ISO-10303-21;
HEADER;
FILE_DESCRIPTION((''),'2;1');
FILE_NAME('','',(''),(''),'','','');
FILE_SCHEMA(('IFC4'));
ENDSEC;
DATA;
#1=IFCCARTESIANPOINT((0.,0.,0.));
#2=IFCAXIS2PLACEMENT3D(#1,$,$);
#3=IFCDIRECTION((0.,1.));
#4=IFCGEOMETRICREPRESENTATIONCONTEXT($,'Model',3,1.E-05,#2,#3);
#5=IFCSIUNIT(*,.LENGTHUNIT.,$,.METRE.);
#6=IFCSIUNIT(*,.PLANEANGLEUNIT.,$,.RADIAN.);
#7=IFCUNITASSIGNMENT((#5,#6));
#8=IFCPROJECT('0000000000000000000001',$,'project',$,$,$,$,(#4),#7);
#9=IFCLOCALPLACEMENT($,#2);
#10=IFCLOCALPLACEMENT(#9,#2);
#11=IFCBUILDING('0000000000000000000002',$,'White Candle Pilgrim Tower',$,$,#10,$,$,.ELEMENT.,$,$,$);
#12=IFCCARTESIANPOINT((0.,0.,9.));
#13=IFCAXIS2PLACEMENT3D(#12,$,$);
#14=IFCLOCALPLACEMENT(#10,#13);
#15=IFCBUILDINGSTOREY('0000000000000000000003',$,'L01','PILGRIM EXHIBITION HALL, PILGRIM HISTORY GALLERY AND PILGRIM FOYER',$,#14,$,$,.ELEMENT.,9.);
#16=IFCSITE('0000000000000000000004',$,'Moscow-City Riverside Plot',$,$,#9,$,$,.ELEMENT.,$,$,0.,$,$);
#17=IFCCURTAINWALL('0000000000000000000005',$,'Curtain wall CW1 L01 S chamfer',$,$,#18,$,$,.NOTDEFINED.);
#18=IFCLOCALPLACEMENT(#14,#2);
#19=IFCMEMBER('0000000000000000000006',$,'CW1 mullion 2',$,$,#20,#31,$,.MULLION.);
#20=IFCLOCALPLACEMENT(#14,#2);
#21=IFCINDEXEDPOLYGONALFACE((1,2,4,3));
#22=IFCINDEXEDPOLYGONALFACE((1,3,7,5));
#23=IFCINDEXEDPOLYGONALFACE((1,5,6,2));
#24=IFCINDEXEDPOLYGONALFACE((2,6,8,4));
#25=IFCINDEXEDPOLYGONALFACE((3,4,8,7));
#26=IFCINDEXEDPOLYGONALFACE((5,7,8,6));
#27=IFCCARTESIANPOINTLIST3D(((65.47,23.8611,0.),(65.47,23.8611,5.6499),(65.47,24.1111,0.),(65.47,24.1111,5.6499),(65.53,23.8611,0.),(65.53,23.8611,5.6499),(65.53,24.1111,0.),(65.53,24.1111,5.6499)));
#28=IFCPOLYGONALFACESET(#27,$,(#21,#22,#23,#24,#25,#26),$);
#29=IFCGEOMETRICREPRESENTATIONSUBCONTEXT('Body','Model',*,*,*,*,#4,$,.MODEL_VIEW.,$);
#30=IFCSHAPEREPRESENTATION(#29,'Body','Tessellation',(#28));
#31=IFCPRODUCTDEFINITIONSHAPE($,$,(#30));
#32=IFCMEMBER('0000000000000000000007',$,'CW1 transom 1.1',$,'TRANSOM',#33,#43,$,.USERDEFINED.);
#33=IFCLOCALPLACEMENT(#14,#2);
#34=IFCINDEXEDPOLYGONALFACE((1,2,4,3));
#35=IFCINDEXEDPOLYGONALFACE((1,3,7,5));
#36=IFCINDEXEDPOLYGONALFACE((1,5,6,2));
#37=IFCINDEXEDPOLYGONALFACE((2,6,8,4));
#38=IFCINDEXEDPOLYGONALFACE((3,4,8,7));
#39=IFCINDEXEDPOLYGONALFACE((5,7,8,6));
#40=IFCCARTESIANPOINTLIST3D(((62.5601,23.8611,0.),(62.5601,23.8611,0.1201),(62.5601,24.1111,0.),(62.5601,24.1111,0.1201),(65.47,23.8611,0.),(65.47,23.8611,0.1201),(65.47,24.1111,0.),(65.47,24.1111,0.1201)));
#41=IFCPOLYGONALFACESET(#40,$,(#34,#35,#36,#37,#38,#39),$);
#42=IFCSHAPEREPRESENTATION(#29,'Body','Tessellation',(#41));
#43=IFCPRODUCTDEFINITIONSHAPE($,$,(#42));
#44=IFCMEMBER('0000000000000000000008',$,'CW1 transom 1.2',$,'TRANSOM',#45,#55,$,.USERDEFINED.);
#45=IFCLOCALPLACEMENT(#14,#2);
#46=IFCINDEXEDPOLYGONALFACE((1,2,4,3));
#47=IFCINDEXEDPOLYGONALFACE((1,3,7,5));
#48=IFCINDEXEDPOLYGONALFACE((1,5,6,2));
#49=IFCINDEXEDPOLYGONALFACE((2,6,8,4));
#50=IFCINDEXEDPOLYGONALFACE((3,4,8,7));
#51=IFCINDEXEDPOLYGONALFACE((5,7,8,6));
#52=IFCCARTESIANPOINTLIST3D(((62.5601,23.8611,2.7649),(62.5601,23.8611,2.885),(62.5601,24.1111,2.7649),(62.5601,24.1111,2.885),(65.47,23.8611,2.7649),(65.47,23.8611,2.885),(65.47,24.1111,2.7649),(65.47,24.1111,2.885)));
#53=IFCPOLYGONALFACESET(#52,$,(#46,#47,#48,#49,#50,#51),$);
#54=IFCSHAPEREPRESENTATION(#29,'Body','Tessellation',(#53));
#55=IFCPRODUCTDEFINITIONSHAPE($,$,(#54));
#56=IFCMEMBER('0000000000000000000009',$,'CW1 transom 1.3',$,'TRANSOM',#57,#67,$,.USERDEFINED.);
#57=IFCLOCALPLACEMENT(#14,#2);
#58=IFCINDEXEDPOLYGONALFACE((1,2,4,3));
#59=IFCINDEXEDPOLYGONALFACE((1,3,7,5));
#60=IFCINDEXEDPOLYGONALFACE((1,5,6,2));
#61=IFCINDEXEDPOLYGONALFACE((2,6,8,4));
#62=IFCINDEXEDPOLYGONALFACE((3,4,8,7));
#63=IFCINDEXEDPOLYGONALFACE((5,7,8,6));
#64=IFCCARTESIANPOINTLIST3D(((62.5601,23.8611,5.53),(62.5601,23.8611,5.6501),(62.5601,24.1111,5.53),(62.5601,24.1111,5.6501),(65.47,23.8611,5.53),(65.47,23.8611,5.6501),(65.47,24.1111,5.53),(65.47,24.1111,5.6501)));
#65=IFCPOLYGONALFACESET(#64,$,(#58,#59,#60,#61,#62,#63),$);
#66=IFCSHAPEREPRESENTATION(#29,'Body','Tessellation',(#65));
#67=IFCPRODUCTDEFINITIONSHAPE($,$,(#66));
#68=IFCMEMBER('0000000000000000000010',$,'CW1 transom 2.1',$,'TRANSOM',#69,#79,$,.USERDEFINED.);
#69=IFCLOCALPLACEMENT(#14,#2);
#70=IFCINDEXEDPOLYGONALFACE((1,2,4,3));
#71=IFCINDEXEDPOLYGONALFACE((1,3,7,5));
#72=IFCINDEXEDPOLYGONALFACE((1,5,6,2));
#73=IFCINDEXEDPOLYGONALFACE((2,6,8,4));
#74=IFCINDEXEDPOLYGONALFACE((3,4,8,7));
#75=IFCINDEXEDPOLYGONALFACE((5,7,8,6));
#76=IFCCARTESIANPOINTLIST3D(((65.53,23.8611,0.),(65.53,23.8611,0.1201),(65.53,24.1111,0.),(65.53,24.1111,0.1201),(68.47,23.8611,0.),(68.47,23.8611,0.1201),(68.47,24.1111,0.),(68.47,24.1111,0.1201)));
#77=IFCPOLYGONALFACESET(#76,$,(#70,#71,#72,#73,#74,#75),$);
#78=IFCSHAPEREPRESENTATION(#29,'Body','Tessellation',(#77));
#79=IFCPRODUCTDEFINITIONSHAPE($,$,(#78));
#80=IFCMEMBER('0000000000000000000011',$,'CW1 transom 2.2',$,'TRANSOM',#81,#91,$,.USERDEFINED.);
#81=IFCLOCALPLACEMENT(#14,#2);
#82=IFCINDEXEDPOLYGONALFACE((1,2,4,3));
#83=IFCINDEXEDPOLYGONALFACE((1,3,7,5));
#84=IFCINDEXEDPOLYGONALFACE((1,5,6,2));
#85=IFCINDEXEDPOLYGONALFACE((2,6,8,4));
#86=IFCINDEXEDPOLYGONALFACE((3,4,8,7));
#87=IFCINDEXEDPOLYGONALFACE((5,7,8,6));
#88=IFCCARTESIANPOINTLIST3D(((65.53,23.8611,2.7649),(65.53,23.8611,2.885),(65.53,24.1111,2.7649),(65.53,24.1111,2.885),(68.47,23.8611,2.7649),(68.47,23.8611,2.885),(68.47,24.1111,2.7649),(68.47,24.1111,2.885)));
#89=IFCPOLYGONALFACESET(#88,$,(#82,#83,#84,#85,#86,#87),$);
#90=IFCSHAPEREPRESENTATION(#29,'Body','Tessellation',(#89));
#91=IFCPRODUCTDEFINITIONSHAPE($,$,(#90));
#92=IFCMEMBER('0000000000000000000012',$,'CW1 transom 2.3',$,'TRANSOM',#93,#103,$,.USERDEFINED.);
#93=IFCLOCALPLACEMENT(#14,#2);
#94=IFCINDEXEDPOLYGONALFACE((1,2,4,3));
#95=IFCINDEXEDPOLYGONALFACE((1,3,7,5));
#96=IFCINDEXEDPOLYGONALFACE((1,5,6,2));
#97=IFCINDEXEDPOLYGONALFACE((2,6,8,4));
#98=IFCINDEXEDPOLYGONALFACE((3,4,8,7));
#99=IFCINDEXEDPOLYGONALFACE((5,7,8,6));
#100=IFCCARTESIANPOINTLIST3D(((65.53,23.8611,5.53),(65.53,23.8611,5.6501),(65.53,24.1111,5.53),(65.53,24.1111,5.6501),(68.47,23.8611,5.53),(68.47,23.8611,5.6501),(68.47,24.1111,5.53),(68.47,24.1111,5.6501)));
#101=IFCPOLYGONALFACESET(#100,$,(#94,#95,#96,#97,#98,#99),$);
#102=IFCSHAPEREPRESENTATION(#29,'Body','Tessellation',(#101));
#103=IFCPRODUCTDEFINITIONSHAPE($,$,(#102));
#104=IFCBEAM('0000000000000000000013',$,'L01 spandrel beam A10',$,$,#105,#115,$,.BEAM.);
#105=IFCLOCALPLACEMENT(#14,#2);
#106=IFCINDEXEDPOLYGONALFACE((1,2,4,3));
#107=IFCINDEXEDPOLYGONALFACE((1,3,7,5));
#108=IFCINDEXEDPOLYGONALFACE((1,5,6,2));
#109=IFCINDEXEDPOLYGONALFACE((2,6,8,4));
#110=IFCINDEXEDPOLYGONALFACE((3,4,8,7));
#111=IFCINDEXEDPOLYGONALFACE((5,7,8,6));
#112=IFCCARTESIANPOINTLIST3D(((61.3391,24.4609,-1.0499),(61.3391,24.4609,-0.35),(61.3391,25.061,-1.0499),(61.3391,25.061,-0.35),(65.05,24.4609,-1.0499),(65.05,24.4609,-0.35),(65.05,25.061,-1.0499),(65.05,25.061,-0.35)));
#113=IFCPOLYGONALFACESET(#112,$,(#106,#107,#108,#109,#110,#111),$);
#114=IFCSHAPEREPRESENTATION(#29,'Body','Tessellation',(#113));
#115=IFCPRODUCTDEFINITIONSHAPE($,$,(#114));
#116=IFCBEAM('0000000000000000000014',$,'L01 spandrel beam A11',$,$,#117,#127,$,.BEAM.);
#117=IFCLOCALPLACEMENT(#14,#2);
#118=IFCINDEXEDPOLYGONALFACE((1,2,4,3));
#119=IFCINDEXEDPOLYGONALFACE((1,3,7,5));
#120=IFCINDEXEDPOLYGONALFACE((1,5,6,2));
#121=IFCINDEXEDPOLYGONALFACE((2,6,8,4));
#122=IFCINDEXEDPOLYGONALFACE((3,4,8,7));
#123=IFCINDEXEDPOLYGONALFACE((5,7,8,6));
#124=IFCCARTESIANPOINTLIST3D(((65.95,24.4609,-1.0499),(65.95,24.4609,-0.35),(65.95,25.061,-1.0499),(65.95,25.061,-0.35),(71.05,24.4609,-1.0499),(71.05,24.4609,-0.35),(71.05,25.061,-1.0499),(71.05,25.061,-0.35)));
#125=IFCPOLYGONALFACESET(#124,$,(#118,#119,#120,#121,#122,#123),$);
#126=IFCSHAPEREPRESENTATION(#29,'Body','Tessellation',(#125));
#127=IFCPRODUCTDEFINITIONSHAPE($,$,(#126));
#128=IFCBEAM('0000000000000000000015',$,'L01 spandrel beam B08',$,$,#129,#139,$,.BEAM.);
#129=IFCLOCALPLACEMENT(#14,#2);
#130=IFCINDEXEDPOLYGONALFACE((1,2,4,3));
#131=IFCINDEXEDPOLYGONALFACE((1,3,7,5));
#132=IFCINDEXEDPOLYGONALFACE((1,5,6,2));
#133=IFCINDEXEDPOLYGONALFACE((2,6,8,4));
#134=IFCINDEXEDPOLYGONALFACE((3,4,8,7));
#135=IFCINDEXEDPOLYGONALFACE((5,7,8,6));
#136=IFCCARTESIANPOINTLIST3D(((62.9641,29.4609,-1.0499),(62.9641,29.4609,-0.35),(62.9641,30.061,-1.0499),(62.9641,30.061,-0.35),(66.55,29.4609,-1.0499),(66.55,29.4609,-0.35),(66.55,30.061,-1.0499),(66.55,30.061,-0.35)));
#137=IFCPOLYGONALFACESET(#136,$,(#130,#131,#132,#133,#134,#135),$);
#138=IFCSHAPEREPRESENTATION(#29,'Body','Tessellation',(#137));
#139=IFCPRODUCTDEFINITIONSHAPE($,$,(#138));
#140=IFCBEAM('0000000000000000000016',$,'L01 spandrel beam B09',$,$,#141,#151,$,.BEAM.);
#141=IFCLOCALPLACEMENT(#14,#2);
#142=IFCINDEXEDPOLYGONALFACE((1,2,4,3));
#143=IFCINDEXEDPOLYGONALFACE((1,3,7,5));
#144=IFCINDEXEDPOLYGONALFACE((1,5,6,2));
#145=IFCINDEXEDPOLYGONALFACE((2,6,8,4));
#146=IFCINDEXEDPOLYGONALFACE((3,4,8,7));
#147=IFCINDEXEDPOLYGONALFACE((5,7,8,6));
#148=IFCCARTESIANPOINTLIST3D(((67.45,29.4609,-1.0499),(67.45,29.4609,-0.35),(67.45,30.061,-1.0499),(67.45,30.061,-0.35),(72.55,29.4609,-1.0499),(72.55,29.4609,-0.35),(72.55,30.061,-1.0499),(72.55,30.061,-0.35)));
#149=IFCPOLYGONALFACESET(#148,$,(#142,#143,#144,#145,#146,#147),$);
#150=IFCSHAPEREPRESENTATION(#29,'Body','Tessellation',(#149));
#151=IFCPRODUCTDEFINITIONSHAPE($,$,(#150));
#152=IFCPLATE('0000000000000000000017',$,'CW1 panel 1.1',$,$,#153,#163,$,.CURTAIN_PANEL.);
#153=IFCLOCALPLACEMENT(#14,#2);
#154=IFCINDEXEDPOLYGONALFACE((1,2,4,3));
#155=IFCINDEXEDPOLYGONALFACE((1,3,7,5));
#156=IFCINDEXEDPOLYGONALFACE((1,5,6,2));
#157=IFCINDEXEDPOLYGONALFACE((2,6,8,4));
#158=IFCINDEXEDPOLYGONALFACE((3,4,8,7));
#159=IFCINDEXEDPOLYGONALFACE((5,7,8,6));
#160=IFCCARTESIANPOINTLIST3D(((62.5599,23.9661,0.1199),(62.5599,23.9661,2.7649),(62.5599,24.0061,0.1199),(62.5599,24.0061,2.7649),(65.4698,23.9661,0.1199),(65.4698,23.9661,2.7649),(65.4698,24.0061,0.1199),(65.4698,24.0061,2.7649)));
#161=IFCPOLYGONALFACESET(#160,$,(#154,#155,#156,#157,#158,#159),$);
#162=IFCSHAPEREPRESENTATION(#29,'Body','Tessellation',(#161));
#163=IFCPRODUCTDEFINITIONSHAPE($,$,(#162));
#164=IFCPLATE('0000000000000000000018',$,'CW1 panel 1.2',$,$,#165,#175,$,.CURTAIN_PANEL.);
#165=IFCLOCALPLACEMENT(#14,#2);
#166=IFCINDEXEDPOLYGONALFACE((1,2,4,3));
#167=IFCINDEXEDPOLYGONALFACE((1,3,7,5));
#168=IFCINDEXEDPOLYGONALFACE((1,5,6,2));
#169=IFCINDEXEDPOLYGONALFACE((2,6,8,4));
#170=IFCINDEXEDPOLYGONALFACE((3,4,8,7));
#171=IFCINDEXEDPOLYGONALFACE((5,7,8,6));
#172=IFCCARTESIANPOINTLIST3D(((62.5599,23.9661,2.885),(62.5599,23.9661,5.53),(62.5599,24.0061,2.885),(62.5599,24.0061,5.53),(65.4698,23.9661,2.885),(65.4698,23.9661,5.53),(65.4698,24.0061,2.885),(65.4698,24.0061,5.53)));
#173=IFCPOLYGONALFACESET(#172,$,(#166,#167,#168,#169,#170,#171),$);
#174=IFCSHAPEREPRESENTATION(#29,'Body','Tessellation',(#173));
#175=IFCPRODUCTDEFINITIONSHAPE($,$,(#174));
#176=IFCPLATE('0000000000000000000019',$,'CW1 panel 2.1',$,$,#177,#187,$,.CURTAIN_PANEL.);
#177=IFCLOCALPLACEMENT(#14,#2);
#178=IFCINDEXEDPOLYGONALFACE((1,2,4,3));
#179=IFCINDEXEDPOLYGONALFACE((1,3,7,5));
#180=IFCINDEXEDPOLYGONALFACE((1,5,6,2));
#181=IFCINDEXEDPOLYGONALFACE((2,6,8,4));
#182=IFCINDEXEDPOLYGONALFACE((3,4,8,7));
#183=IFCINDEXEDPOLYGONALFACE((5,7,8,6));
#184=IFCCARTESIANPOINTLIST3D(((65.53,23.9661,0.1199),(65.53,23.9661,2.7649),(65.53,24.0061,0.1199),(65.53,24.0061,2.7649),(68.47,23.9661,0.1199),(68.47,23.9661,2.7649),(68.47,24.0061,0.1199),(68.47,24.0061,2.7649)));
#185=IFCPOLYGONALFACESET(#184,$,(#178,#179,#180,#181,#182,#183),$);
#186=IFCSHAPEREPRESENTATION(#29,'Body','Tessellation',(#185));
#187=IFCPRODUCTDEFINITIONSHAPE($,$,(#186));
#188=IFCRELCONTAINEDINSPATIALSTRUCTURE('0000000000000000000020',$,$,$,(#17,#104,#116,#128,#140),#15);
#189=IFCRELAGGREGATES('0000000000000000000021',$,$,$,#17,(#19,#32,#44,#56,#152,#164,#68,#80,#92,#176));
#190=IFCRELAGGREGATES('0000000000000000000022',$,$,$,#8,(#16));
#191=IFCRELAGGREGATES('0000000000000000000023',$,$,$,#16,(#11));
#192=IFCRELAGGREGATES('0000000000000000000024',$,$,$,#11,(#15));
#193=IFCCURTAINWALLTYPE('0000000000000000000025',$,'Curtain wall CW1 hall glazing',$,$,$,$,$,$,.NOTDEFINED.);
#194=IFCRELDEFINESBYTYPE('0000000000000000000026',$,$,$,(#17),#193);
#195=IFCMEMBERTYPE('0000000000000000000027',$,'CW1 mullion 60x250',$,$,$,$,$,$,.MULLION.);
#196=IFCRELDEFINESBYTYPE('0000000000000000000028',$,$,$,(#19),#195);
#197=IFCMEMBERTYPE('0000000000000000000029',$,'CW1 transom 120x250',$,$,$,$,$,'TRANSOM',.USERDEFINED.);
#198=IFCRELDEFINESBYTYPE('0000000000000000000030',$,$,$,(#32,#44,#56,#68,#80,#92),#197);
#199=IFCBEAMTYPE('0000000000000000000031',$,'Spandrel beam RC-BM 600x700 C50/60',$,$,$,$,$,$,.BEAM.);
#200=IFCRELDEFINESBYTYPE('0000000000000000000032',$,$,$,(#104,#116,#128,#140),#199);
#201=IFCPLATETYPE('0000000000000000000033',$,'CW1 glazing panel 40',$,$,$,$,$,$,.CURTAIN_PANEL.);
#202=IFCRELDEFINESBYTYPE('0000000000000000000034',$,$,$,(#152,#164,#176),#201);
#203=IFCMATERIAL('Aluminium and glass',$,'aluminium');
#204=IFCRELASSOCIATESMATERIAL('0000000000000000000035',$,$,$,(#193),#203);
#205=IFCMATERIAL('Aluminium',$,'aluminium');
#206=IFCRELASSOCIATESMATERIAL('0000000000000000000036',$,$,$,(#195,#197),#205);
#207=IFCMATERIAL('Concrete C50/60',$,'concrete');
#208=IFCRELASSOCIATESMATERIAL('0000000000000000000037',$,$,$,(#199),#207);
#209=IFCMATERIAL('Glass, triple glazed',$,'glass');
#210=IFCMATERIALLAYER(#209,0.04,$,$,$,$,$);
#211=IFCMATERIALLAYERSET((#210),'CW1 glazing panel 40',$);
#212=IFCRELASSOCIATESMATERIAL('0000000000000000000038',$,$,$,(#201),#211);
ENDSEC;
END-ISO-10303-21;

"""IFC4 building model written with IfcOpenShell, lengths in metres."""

from ifc_helpers import new_model, si_unit, direction, frame, origin, origin_2d, place, context, subcontext, project, spatial, rectangle, extrude, material, layer, layer_set, material_profile, profile_set, type_object, element, aggregate, save


model = new_model("IFC4")

# Units and contexts
model_context = context("Model", 3, precision=1e-05, world=origin(), true_north=direction((0.0, 1.0)))
body_context = subcontext(model_context, "Body", "Model", "MODEL_VIEW")
ifc_project = project(units=[si_unit("LENGTHUNIT", "METRE"), si_unit("PLANEANGLEUNIT", "RADIAN")], contexts=[model_context])

# Site, building, storey
site_placement = place(None, origin())
site = spatial("IfcSite", under=ifc_project, at=site_placement, Name="Moscow-City Riverside Plot", CompositionType="ELEMENT", RefElevation=0.0)
building_placement = place(site_placement, origin())
building = spatial("IfcBuilding", under=site, at=building_placement, Name="White Candle Pilgrim Tower", CompositionType="ELEMENT")
storey_placement = place(building_placement, frame((0.0, 0.0, 9.0)))
storey = spatial("IfcBuildingStorey", under=building, at=storey_placement, Name="L01", Description="PILGRIM EXHIBITION HALL, PILGRIM HISTORY GALLERY AND PILGRIM FOYER", CompositionType="ELEMENT", Elevation=9.0)

# Shared definitions
ifc_material_1 = material(Name="Aluminium and glass", Category="aluminium")
curtain_wall_type = type_object("IfcCurtainWallType", Name="Curtain wall CW1 hall glazing", PredefinedType="NOTDEFINED", material=ifc_material_1)
ifc_material_2 = material(Name="Aluminium", Category="aluminium")
ifc_material_profile_1 = material_profile(ifc_material_2, rectangle(XDim=0.25, YDim=0.0601, at=origin_2d()), Name="CW1 mullion 60x250")
ifc_profile_set_1 = profile_set([ifc_material_profile_1], Name="Aluminium")
member_type_1 = type_object("IfcMemberType", Name="CW1 mullion 60x250", PredefinedType="MULLION", material=ifc_profile_set_1)

# Curtain wall, members
curtain_wall_1_placement = place(storey_placement, origin())
curtain_wall_1 = element("IfcCurtainWall", 1, at=curtain_wall_1_placement, inside=storey, type_object=curtain_wall_type, Name="Curtain wall CW1 L01 S chamfer", PredefinedType="NOTDEFINED")
member_1_placement = place(storey_placement, frame((65.5, 23.9861, 0.0), z_axis=(0.0, 0.0, 1.0), x_axis=(0.0, 1.0, 0.0)))
member_1 = element("IfcMember", 2, at=member_1_placement, type_object=member_type_1, Name="CW1 mullion 2", PredefinedType="MULLION", context=body_context, shape_type="SweptSolid", body=[
    extrude(rectangle(XDim=0.25, YDim=0.0601, at=origin_2d()), origin(), (0.0, 0.0, 1.0), 5.6499),
])
ifc_material_profile_2 = material_profile(ifc_material_2, rectangle(XDim=0.25, YDim=0.1201, at=origin_2d()), Name="CW1 transom 120x250")
ifc_profile_set_2 = profile_set([ifc_material_profile_2], Name="Aluminium")
member_type_2 = type_object("IfcMemberType", Name="CW1 transom 120x250", ElementType="TRANSOM", PredefinedType="USERDEFINED", material=ifc_profile_set_2)
member_2_placement = place(storey_placement, frame((62.5601, 23.9861, 0.0601), z_axis=(1.0, 0.0, 0.0), x_axis=(0.0, 1.0, 0.0)))
member_2 = element("IfcMember", 3, at=member_2_placement, type_object=member_type_2, Name="CW1 transom 1.1", ObjectType="TRANSOM", PredefinedType="USERDEFINED", context=body_context, shape_type="SweptSolid", body=[
    extrude(rectangle(XDim=0.25, YDim=0.1201, at=origin_2d()), origin(), (0.0, 0.0, 1.0), 2.9099),
])
member_3_placement = place(storey_placement, frame((62.5601, 23.9861, 2.825), z_axis=(1.0, 0.0, 0.0), x_axis=(0.0, 1.0, 0.0)))
member_3 = element("IfcMember", 4, at=member_3_placement, type_object=member_type_2, Name="CW1 transom 1.2", ObjectType="TRANSOM", PredefinedType="USERDEFINED", context=body_context, shape_type="SweptSolid", body=[
    extrude(rectangle(XDim=0.25, YDim=0.1201, at=origin_2d()), origin(), (0.0, 0.0, 1.0), 2.9099),
])
member_4_placement = place(storey_placement, frame((62.5601, 23.9861, 5.5901), z_axis=(1.0, 0.0, 0.0), x_axis=(0.0, 1.0, 0.0)))
member_4 = element("IfcMember", 5, at=member_4_placement, type_object=member_type_2, Name="CW1 transom 1.3", ObjectType="TRANSOM", PredefinedType="USERDEFINED", context=body_context, shape_type="SweptSolid", body=[
    extrude(rectangle(XDim=0.25, YDim=0.1201, at=origin_2d()), origin(), (0.0, 0.0, 1.0), 2.9099),
])
member_5_placement = place(storey_placement, frame((65.53, 23.9861, 0.0601), z_axis=(1.0, 0.0, 0.0), x_axis=(0.0, 1.0, 0.0)))
member_5 = element("IfcMember", 6, at=member_5_placement, type_object=member_type_2, Name="CW1 transom 2.1", ObjectType="TRANSOM", PredefinedType="USERDEFINED", context=body_context, shape_type="SweptSolid", body=[
    extrude(rectangle(XDim=0.25, YDim=0.1201, at=origin_2d()), origin(), (0.0, 0.0, 1.0), 2.9399),
])
member_6_placement = place(storey_placement, frame((65.53, 23.9861, 2.825), z_axis=(1.0, 0.0, 0.0), x_axis=(0.0, 1.0, 0.0)))
member_6 = element("IfcMember", 7, at=member_6_placement, type_object=member_type_2, Name="CW1 transom 2.2", ObjectType="TRANSOM", PredefinedType="USERDEFINED", context=body_context, shape_type="SweptSolid", body=[
    extrude(rectangle(XDim=0.25, YDim=0.1201, at=origin_2d()), origin(), (0.0, 0.0, 1.0), 2.9399),
])
member_7_placement = place(storey_placement, frame((65.53, 23.9861, 5.5901), z_axis=(1.0, 0.0, 0.0), x_axis=(0.0, 1.0, 0.0)))
member_7 = element("IfcMember", 8, at=member_7_placement, type_object=member_type_2, Name="CW1 transom 2.3", ObjectType="TRANSOM", PredefinedType="USERDEFINED", context=body_context, shape_type="SweptSolid", body=[
    extrude(rectangle(XDim=0.25, YDim=0.1201, at=origin_2d()), origin(), (0.0, 0.0, 1.0), 2.9399),
])

# Beams
ifc_material_3 = material(Name="Concrete C50/60", Category="concrete")
ifc_material_profile_3 = material_profile(ifc_material_3, rectangle(XDim=0.6001, YDim=0.7, at=origin_2d()), Name="RC-BM 600x700")
ifc_profile_set_3 = profile_set([ifc_material_profile_3], Name="Concrete C50/60")
beam_type = type_object("IfcBeamType", Name="Spandrel beam RC-BM 600x700 C50/60", PredefinedType="BEAM", material=ifc_profile_set_3)
beam_1_placement = place(storey_placement, frame((61.3391, 24.761, -0.7), z_axis=(1.0, 0.0, 0.0), x_axis=(0.0, 1.0, 0.0)))
element("IfcBeam", 9, at=beam_1_placement, inside=storey, type_object=beam_type, Name="L01 spandrel beam A10", PredefinedType="BEAM", context=body_context, shape_type="SweptSolid", body=[
    extrude(rectangle(XDim=0.6001, YDim=0.7, at=origin_2d()), origin(), (0.0, 0.0, 1.0), 3.7109),
])
beam_2_placement = place(storey_placement, frame((65.95, 24.761, -0.7), z_axis=(1.0, 0.0, 0.0), x_axis=(0.0, 1.0, 0.0)))
element("IfcBeam", 10, at=beam_2_placement, inside=storey, type_object=beam_type, Name="L01 spandrel beam A11", PredefinedType="BEAM", context=body_context, shape_type="SweptSolid", body=[
    extrude(rectangle(XDim=0.6001, YDim=0.7, at=origin_2d()), origin(), (0.0, 0.0, 1.0), 5.1001),
])
beam_3_placement = place(storey_placement, frame((62.9641, 29.761, -0.7), z_axis=(1.0, 0.0, 0.0), x_axis=(0.0, 1.0, 0.0)))
element("IfcBeam", 11, at=beam_3_placement, inside=storey, type_object=beam_type, Name="L01 spandrel beam B08", PredefinedType="BEAM", context=body_context, shape_type="SweptSolid", body=[
    extrude(rectangle(XDim=0.6001, YDim=0.7, at=origin_2d()), origin(), (0.0, 0.0, 1.0), 3.5859),
])
beam_4_placement = place(storey_placement, frame((67.45, 29.761, -0.7), z_axis=(1.0, 0.0, 0.0), x_axis=(0.0, 1.0, 0.0)))
element("IfcBeam", 12, at=beam_4_placement, inside=storey, type_object=beam_type, Name="L01 spandrel beam B09", PredefinedType="BEAM", context=body_context, shape_type="SweptSolid", body=[
    extrude(rectangle(XDim=0.6001, YDim=0.7, at=origin_2d()), origin(), (0.0, 0.0, 1.0), 5.1001),
])

# Plates
ifc_material_4 = material(Name="Glass, triple glazed", Category="glass")
ifc_layer_1 = layer(ifc_material_4, 0.04)
ifc_layer_set_1 = layer_set([ifc_layer_1], Name="CW1 glazing panel 40")
plate_type = type_object("IfcPlateType", Name="CW1 glazing panel 40", PredefinedType="CURTAIN_PANEL", material=ifc_layer_set_1)
plate_1_placement = place(storey_placement, frame((64.0149, 23.9861, 0.1199), z_axis=(0.0, 0.0, 1.0), x_axis=(1.0, 0.0, 0.0)))
plate_1 = element("IfcPlate", 13, at=plate_1_placement, type_object=plate_type, Name="CW1 panel 1.1", PredefinedType="CURTAIN_PANEL", context=body_context, shape_type="SweptSolid", body=[
    extrude(rectangle(XDim=2.9099, YDim=0.04, at=origin_2d()), origin(), (0.0, 0.0, 1.0), 2.645),
])
plate_2_placement = place(storey_placement, frame((64.0149, 23.9861, 2.885), z_axis=(0.0, 0.0, 1.0), x_axis=(1.0, 0.0, 0.0)))
plate_2 = element("IfcPlate", 14, at=plate_2_placement, type_object=plate_type, Name="CW1 panel 1.2", PredefinedType="CURTAIN_PANEL", context=body_context, shape_type="SweptSolid", body=[
    extrude(rectangle(XDim=2.9099, YDim=0.04, at=origin_2d()), origin(), (0.0, 0.0, 1.0), 2.645),
])
plate_3_placement = place(storey_placement, frame((67.0, 23.9861, 0.1199), z_axis=(0.0, 0.0, 1.0), x_axis=(1.0, 0.0, 0.0)))
plate_3 = element("IfcPlate", 15, at=plate_3_placement, type_object=plate_type, Name="CW1 panel 2.1", PredefinedType="CURTAIN_PANEL", context=body_context, shape_type="SweptSolid", body=[
    extrude(rectangle(XDim=2.9399, YDim=0.04, at=origin_2d()), origin(), (0.0, 0.0, 1.0), 2.645),
])
aggregate(curtain_wall_1, [member_1, member_2, member_3, member_4, plate_1, plate_2, member_5, member_6, member_7, plate_3])

save(model, "model.ifc")
